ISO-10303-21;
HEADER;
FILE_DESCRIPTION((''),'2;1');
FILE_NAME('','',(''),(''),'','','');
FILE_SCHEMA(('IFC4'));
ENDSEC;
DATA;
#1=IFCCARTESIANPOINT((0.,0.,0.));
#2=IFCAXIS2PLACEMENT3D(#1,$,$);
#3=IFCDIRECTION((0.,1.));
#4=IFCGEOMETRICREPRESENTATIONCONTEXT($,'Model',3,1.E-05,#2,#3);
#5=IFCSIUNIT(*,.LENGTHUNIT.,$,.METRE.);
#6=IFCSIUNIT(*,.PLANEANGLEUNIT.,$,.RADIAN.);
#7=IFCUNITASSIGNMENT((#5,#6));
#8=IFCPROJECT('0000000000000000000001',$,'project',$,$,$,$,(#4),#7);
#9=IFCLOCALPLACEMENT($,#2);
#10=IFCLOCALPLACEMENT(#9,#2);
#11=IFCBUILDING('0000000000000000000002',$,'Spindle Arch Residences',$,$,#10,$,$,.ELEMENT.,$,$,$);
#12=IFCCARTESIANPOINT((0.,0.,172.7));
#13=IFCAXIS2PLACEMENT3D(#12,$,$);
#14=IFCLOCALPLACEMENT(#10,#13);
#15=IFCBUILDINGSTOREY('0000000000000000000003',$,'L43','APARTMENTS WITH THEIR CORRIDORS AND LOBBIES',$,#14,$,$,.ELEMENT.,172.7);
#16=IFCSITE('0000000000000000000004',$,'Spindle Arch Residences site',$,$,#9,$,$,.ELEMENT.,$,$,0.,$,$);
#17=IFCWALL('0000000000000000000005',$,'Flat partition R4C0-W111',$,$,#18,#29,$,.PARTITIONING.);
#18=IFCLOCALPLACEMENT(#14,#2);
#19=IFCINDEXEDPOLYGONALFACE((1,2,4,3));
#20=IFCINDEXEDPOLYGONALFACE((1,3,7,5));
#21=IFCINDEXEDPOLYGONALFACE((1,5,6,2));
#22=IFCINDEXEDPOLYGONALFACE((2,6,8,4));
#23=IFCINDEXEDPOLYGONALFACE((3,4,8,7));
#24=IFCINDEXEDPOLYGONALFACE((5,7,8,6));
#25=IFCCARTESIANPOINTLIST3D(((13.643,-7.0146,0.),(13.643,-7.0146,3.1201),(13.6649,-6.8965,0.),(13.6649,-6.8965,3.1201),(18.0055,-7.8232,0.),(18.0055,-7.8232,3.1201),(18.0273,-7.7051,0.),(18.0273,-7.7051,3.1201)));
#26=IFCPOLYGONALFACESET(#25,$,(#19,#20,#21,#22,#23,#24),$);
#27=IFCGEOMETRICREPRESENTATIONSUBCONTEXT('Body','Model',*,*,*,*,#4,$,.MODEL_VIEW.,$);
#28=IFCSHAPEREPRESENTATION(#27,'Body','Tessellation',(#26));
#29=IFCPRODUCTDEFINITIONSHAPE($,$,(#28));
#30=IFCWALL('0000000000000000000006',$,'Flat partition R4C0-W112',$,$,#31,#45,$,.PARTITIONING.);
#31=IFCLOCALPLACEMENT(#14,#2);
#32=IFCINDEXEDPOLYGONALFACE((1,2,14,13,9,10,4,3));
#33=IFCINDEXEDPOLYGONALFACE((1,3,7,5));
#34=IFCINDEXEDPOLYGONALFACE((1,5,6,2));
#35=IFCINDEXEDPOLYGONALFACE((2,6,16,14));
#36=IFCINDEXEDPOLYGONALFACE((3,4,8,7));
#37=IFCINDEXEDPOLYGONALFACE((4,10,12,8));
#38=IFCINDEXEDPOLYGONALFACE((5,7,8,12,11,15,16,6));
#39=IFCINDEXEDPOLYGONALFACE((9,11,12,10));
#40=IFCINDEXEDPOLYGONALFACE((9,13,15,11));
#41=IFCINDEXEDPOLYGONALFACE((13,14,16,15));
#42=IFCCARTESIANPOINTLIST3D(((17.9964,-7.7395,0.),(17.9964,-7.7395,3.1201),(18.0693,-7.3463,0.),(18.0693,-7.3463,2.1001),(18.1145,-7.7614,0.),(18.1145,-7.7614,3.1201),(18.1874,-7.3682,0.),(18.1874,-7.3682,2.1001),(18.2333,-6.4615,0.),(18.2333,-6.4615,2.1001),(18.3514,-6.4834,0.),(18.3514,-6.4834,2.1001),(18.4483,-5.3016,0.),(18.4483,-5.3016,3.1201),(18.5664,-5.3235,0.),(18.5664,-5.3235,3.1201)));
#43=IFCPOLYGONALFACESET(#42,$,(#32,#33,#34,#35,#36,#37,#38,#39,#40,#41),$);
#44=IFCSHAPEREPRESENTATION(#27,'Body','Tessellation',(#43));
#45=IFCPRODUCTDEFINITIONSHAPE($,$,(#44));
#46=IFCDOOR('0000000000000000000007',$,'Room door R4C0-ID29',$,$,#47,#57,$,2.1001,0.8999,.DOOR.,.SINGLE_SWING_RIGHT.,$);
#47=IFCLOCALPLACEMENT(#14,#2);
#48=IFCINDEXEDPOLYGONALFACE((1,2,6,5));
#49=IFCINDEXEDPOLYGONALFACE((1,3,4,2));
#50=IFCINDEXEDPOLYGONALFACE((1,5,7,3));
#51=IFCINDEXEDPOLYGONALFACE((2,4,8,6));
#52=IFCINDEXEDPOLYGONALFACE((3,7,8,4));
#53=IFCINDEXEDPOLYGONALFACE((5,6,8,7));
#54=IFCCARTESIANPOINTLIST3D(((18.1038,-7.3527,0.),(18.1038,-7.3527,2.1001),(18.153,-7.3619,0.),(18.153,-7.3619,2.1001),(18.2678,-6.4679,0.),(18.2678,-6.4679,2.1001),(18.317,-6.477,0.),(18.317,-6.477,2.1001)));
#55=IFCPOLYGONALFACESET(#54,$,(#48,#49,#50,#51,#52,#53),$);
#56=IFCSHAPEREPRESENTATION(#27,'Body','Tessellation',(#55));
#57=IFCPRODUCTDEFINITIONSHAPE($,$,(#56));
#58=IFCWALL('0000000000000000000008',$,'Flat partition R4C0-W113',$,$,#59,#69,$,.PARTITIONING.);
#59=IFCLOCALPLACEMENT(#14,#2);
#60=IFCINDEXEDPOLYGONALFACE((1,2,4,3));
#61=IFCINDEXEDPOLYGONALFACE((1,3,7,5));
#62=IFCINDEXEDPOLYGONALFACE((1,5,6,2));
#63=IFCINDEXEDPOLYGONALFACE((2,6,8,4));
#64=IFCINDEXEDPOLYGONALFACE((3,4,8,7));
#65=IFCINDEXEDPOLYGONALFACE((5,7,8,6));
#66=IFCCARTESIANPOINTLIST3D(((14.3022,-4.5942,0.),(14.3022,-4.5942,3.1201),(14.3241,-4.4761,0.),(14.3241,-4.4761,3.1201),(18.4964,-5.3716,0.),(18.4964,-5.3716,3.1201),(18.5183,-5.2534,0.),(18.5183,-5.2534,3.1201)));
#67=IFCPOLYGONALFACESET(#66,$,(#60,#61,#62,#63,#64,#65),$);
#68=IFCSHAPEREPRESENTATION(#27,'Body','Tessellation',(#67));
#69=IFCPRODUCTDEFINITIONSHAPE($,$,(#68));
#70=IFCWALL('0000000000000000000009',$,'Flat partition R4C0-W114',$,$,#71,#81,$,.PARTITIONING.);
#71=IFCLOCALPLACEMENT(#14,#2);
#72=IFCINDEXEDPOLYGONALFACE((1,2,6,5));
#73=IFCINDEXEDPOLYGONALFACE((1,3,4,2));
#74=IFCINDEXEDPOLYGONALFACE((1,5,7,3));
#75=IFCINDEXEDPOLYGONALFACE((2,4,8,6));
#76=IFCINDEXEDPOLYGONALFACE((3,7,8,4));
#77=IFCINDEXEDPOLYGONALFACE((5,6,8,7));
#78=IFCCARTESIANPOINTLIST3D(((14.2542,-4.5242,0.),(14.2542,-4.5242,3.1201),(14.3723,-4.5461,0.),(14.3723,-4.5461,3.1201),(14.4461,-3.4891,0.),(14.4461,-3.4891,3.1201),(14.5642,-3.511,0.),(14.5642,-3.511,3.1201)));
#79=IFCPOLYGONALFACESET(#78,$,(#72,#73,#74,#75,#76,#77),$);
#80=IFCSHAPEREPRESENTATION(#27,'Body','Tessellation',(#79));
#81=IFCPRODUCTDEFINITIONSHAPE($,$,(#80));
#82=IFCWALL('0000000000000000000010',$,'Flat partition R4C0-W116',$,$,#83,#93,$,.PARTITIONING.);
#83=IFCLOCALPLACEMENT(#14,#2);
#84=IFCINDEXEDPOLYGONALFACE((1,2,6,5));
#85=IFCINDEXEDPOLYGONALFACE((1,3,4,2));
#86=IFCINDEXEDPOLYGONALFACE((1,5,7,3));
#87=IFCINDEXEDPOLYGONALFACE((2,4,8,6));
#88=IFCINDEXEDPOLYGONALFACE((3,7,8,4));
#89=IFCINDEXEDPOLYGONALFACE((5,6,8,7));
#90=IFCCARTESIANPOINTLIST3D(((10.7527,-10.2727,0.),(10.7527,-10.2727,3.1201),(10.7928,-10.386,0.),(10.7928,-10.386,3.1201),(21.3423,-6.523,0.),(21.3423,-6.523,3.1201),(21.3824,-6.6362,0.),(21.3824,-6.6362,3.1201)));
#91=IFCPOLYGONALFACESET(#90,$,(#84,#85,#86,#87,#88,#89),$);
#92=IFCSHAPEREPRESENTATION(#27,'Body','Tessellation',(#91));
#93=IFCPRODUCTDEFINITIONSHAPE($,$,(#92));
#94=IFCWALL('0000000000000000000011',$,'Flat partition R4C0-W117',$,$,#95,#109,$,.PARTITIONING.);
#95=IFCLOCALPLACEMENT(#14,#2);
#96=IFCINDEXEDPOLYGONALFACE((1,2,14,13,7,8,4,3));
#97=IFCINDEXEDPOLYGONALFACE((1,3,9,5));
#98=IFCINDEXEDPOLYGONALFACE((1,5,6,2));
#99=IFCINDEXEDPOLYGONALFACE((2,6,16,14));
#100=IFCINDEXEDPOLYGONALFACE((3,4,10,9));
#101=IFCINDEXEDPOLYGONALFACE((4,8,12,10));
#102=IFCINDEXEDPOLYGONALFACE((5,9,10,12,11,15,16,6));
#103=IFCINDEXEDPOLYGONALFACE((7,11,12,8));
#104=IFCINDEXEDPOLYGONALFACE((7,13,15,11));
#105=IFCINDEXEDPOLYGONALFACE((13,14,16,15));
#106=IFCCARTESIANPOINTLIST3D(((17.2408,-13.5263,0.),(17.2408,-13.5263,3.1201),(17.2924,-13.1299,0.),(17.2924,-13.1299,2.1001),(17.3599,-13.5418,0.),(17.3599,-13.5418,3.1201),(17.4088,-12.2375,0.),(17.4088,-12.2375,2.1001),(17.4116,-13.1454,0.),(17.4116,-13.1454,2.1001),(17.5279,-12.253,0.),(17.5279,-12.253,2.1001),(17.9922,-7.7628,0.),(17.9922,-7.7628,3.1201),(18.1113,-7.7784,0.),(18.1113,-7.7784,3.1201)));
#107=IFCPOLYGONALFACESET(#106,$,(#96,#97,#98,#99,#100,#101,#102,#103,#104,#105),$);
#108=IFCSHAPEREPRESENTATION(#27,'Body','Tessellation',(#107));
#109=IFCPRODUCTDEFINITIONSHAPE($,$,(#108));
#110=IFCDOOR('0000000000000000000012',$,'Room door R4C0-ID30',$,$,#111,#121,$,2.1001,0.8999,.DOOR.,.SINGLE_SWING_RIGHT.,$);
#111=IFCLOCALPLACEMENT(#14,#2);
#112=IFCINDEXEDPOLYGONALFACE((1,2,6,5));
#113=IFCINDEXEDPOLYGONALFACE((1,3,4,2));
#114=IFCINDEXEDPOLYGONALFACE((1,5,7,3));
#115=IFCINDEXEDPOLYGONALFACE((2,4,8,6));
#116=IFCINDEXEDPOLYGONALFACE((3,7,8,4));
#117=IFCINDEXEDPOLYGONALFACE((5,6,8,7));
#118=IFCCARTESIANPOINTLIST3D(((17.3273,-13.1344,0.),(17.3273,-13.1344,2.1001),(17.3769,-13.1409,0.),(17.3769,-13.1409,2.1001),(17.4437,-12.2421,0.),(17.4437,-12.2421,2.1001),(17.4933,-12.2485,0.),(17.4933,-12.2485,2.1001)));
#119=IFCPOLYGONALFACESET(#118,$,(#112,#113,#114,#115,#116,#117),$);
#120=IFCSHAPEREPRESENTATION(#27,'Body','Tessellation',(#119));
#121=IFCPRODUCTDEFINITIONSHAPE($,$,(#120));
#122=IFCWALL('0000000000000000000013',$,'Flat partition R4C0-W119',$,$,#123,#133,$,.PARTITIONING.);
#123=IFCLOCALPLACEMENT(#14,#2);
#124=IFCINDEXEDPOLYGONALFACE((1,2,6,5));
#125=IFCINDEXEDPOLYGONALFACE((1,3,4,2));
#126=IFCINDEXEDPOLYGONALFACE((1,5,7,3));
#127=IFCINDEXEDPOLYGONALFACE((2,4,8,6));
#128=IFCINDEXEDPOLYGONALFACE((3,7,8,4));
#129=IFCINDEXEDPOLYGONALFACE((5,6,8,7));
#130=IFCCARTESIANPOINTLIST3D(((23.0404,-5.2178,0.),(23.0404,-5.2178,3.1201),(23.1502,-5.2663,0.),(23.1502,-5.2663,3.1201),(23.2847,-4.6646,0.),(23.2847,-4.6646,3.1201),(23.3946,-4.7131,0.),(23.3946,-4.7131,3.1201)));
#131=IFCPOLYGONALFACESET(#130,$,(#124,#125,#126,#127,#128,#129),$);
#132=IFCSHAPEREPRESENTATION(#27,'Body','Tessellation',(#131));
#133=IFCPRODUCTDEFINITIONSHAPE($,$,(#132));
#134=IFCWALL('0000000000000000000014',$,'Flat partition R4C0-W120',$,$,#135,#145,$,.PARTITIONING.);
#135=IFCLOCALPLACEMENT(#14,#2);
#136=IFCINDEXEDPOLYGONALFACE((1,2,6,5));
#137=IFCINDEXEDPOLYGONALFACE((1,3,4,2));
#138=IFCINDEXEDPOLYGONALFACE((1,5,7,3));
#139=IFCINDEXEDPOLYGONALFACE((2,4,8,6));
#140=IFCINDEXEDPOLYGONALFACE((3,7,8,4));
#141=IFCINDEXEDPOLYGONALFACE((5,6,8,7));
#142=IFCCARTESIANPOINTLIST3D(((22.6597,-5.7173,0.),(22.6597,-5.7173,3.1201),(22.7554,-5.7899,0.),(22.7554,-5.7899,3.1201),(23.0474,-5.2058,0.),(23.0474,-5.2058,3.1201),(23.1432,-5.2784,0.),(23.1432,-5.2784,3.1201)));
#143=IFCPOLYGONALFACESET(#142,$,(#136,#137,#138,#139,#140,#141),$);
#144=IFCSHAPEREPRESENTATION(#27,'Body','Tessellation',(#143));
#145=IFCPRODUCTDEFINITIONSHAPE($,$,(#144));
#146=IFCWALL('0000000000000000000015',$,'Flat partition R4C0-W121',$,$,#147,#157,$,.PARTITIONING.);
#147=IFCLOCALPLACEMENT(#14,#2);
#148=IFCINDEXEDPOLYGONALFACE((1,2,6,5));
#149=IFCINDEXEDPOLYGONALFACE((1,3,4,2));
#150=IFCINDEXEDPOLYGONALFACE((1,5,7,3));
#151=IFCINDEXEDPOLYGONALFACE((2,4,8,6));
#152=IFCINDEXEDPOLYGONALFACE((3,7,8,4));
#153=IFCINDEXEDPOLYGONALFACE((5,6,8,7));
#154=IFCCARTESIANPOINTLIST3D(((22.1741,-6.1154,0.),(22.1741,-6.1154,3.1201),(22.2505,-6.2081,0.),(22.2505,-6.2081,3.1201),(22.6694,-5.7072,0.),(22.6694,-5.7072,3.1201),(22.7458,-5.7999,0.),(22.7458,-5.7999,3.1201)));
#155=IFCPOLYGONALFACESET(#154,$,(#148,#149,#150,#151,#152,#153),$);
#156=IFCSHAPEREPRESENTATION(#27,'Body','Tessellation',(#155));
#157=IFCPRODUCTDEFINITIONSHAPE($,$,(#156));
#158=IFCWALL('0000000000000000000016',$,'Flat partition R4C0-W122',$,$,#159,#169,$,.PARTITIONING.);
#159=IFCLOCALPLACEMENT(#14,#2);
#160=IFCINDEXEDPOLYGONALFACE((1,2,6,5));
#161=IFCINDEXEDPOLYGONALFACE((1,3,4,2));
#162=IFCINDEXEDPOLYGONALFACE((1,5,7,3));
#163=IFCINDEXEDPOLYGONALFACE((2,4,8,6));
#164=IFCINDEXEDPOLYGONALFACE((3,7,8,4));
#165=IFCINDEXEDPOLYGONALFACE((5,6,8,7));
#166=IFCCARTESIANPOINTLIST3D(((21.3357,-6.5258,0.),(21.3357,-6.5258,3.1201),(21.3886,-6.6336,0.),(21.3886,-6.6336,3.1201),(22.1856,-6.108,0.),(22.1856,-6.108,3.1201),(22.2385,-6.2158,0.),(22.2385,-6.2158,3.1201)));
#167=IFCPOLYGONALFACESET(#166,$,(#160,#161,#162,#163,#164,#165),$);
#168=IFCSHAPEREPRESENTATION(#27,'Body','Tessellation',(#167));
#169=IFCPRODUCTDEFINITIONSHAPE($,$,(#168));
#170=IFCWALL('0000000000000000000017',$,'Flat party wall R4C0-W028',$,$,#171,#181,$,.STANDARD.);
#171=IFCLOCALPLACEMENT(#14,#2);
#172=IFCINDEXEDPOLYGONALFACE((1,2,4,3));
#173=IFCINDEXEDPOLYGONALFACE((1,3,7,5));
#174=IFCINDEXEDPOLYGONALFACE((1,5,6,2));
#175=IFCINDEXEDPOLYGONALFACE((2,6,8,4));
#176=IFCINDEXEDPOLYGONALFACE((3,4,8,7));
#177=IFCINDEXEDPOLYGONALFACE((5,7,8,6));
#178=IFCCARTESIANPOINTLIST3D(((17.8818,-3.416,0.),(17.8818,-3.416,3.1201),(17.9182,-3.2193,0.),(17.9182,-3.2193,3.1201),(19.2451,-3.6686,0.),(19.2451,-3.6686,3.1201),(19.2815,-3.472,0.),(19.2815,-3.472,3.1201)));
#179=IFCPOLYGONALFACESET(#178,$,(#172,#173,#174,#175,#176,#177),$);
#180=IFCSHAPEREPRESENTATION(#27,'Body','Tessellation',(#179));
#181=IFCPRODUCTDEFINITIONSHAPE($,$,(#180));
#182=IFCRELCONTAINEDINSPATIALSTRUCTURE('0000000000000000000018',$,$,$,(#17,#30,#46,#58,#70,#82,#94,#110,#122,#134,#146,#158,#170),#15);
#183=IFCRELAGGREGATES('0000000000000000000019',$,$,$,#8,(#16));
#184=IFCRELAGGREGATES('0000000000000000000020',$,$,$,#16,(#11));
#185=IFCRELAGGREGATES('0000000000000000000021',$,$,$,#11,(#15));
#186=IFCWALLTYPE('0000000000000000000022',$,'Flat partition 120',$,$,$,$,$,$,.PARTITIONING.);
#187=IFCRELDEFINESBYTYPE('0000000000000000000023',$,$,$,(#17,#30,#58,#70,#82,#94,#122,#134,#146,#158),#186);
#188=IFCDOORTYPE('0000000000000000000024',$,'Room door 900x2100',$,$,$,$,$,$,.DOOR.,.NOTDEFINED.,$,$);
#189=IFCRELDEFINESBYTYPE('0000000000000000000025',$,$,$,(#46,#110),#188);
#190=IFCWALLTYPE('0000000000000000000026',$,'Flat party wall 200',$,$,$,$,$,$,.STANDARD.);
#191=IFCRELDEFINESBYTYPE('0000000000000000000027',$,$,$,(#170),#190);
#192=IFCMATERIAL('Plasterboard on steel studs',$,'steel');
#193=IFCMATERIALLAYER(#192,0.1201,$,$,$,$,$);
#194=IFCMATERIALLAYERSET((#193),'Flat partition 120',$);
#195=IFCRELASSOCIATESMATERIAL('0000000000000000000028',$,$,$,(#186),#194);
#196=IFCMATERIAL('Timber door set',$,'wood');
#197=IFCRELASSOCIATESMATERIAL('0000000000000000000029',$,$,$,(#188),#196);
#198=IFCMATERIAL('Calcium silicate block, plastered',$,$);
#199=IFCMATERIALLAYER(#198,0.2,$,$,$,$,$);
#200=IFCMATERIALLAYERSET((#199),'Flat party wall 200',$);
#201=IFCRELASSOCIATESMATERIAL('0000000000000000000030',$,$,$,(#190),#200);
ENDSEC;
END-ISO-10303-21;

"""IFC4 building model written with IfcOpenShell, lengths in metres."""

from ifc_helpers import new_model, si_unit, direction, frame, frame_2d, origin, place, context, subcontext, project, spatial, rectangle, extrude, material, layer, layer_set, type_object, element, fill, save


model = new_model("IFC4")

# Units and contexts
model_context = context("Model", 3, precision=1e-05, world=origin(), true_north=direction((0.0, 1.0)))
body_context = subcontext(model_context, "Body", "Model", "MODEL_VIEW")
ifc_project = project(units=[si_unit("LENGTHUNIT", "METRE"), si_unit("PLANEANGLEUNIT", "RADIAN")], contexts=[model_context])

# Site, building, storey
site_placement = place(None, origin())
site = spatial("IfcSite", under=ifc_project, at=site_placement, Name="Spindle Arch Residences site", CompositionType="ELEMENT", RefElevation=0.0)
building_placement = place(site_placement, origin())
building = spatial("IfcBuilding", under=site, at=building_placement, Name="Spindle Arch Residences", CompositionType="ELEMENT")
storey_placement = place(building_placement, frame((0.0, 0.0, 172.7)))
storey = spatial("IfcBuildingStorey", under=building, at=storey_placement, Name="L43", Description="APARTMENTS WITH THEIR CORRIDORS AND LOBBIES", CompositionType="ELEMENT", Elevation=172.7)

# Shared definitions
ifc_material_1 = material(Name="Plasterboard on steel studs", Category="steel")
ifc_layer_1 = layer(ifc_material_1, 0.1201)
ifc_layer_set_1 = layer_set([ifc_layer_1], Name="Flat partition 120")
wall_type_1 = type_object("IfcWallType", Name="Flat partition 120", PredefinedType="PARTITIONING", material=ifc_layer_set_1)
ifc_material_2 = material(Name="Timber door set", Category="wood")
door_type = type_object("IfcDoorType", Name="Room door 900x2100", OperationType="NOTDEFINED", PredefinedType="DOOR", material=ifc_material_2)

# Wall
wall_1_placement = place(storey_placement, frame((13.6541, -6.9556, 0.0), z_axis=(0.0, 0.0, 1.0), x_axis=(0.983253, -0.182245, 0.0)))
element("IfcWall", 1, at=wall_1_placement, inside=storey, type_object=wall_type_1, Name="Flat partition R4C0-W111", PredefinedType="PARTITIONING", context=body_context, shape_type="SweptSolid", body=[
    extrude(rectangle(XDim=4.4368, YDim=0.1201, at=frame_2d((2.2183, 0.0))), origin(), (0.0, 0.0, 1.0), 3.1201),
])

# Wall, opening, door
wall_2_placement = place(storey_placement, frame((18.0554, -7.7505, 0.0), z_axis=(0.0, 0.0, 1.0), x_axis=(0.182255, 0.983251, 0.0)))
wall_2 = element("IfcWall", 2, at=wall_2_placement, inside=storey, type_object=wall_type_1, Name="Flat partition R4C0-W112", PredefinedType="PARTITIONING", context=body_context, shape_type="SweptSolid", body=[
    extrude(rectangle(XDim=2.4795, YDim=0.1201, at=frame_2d((1.2397, 0.0))), origin(), (0.0, 0.0, 1.0), 3.1201),
])
opening_1_placement = place(wall_2_placement, frame((0.3999, 0.0, 0.0)))
opening_1 = element("IfcOpeningElement", 3, at=opening_1_placement, cuts=wall_2, PredefinedType="OPENING", context=body_context, shape_type="SweptSolid", body=[
    extrude(rectangle(XDim=0.8999, YDim=2.1001, at=frame_2d((0.45, 1.05))), frame((0.0, 0.0701, 0.0), z_axis=(0.0, -1.0, 0.0), x_axis=(1.0, 0.0, 0.0)), (0.0, 0.0, 1.0), 0.1401),
])
door_1_placement = place(opening_1_placement, origin())
door_1 = element("IfcDoor", 4, at=door_1_placement, inside=storey, type_object=door_type, Name="Room door R4C0-ID29", OperationType="SINGLE_SWING_RIGHT", OverallHeight=2.1001, OverallWidth=0.8999, PredefinedType="DOOR", context=body_context, shape_type="SweptSolid", body=[
    extrude(rectangle(XDim=0.8999, YDim=2.1001, at=frame_2d((0.45, 1.05))), frame((0.0, 0.0249, 0.0), z_axis=(0.0, -1.0, 0.0), x_axis=(1.0, 0.0, 0.0)), (0.0, 0.0, 1.0), 0.05),
])
fill(opening_1, door_1)

# Walls
wall_3_placement = place(storey_placement, frame((18.5073, -5.3125, 0.0), z_axis=(0.0, 0.0, 1.0), x_axis=(-0.983254, 0.182239, 0.0)))
element("IfcWall", 5, at=wall_3_placement, inside=storey, type_object=wall_type_1, Name="Flat partition R4C0-W113", PredefinedType="PARTITIONING", context=body_context, shape_type="SweptSolid", body=[
    extrude(rectangle(XDim=4.2656, YDim=0.1201, at=frame_2d((2.1328, 0.0))), origin(), (0.0, 0.0, 1.0), 3.1201),
])
wall_4_placement = place(storey_placement, frame((14.3132, -4.5352, 0.0), z_axis=(0.0, 0.0, 1.0), x_axis=(0.182272, 0.983248, 0.0)))
element("IfcWall", 6, at=wall_4_placement, inside=storey, type_object=wall_type_1, Name="Flat partition R4C0-W114", PredefinedType="PARTITIONING", context=body_context, shape_type="SweptSolid", body=[
    extrude(rectangle(XDim=1.0527, YDim=0.1201, at=frame_2d((0.5264, 0.0))), origin(), (0.0, 0.0, 1.0), 3.1201),
])
wall_5_placement = place(storey_placement, frame((21.3623, -6.5796, 0.0), z_axis=(0.0, 0.0, 1.0), x_axis=(-0.942648, -0.33379, 0.0)))
element("IfcWall", 7, at=wall_5_placement, inside=storey, type_object=wall_type_1, Name="Flat partition R4C0-W116", PredefinedType="PARTITIONING", context=body_context, shape_type="SweptSolid", body=[
    extrude(rectangle(XDim=11.2339, YDim=0.1201, at=frame_2d((5.6169, 0.0))), origin(), (0.0, 0.0, 1.0), 3.1201),
])

# Wall, opening, door
wall_6_placement = place(storey_placement, frame((17.3003, -13.5342, 0.0), z_axis=(0.0, 0.0, 1.0), x_axis=(0.129291, 0.991607, 0.0)))
wall_6 = element("IfcWall", 8, at=wall_6_placement, inside=storey, type_object=wall_type_1, Name="Flat partition R4C0-W117", PredefinedType="PARTITIONING", context=body_context, shape_type="SweptSolid", body=[
    extrude(rectangle(XDim=5.8123, YDim=0.1201, at=frame_2d((2.9062, 0.0))), origin(), (0.0, 0.0, 1.0), 3.1201),
])
opening_2_placement = place(wall_6_placement, frame((0.3999, 0.0, 0.0)))
opening_2 = element("IfcOpeningElement", 9, at=opening_2_placement, cuts=wall_6, PredefinedType="OPENING", context=body_context, shape_type="SweptSolid", body=[
    extrude(rectangle(XDim=0.8999, YDim=2.1001, at=frame_2d((0.45, 1.05))), frame((0.0, 0.0701, 0.0), z_axis=(0.0, -1.0, 0.0), x_axis=(1.0, 0.0, 0.0)), (0.0, 0.0, 1.0), 0.1401),
])
door_2_placement = place(opening_2_placement, origin())
door_2 = element("IfcDoor", 10, at=door_2_placement, inside=storey, type_object=door_type, Name="Room door R4C0-ID30", OperationType="SINGLE_SWING_RIGHT", OverallHeight=2.1001, OverallWidth=0.8999, PredefinedType="DOOR", context=body_context, shape_type="SweptSolid", body=[
    extrude(rectangle(XDim=0.8999, YDim=2.1001, at=frame_2d((0.45, 1.05))), frame((0.0, 0.0249, 0.0), z_axis=(0.0, -1.0, 0.0), x_axis=(1.0, 0.0, 0.0)), (0.0, 0.0, 1.0), 0.05),
])
fill(opening_2, door_2)

# Walls
wall_7_placement = place(storey_placement, frame((23.3396, -4.689, 0.0), z_axis=(0.0, 0.0, 1.0), x_axis=(-0.404077, -0.914725, 0.0)))
element("IfcWall", 11, at=wall_7_placement, inside=storey, type_object=wall_type_1, Name="Flat partition R4C0-W119", PredefinedType="PARTITIONING", context=body_context, shape_type="SweptSolid", body=[
    extrude(rectangle(XDim=0.6047, YDim=0.1201, at=frame_2d((0.3022, 0.0))), origin(), (0.0, 0.0, 1.0), 3.1201),
])
for number, where, z_axis, x_axis, name in (
    (12, (23.0952, -5.2422, 0.0), (0.0, 0.0, 1.0), (-0.60407, -0.796931, 0.0), "Flat partition R4C0-W120"),
    (13, (22.7075, -5.7537, 0.0), (0.0, 0.0, 1.0), (-0.771733, -0.635947, 0.0), "Flat partition R4C0-W121"),
):
    element("IfcWall", number, at=place(storey_placement, frame(where, z_axis=z_axis, x_axis=x_axis)), inside=storey, type_object=wall_type_1, Name=name, PredefinedType="PARTITIONING", context=body_context, shape_type="SweptSolid", body=[
        extrude(rectangle(XDim=0.6418, YDim=0.1201, at=frame_2d((0.3208, 0.0))), origin(), (0.0, 0.0, 1.0), 3.1201),
    ])
wall_8_placement = place(storey_placement, frame((22.2122, -6.1619, 0.0), z_axis=(0.0, 0.0, 1.0), x_axis=(-0.897449, -0.441119, 0.0)))
element("IfcWall", 14, at=wall_8_placement, inside=storey, type_object=wall_type_1, Name="Flat partition R4C0-W122", PredefinedType="PARTITIONING", context=body_context, shape_type="SweptSolid", body=[
    extrude(rectangle(XDim=0.947, YDim=0.1201, at=frame_2d((0.4736, 0.0))), origin(), (0.0, 0.0, 1.0), 3.1201),
])
ifc_material_3 = material(Name="Calcium silicate block, plastered")
ifc_layer_2 = layer(ifc_material_3, 0.2)
ifc_layer_set_2 = layer_set([ifc_layer_2], Name="Flat party wall 200")
wall_type_2 = type_object("IfcWallType", Name="Flat party wall 200", PredefinedType="STANDARD", material=ifc_layer_set_2)
wall_9_placement = place(storey_placement, frame((17.8999, -3.3176, 0.0), z_axis=(0.0, 0.0, 1.0), x_axis=(0.983253, -0.182247, 0.0)))
element("IfcWall", 15, at=wall_9_placement, inside=storey, type_object=wall_type_2, Name="Flat party wall R4C0-W028", PredefinedType="STANDARD", context=body_context, shape_type="SweptSolid", body=[
    extrude(rectangle(XDim=1.3865, YDim=0.2, at=frame_2d((0.6934, 0.0))), origin(), (0.0, 0.0, 1.0), 3.1201),
])

save(model, "model.ifc")
